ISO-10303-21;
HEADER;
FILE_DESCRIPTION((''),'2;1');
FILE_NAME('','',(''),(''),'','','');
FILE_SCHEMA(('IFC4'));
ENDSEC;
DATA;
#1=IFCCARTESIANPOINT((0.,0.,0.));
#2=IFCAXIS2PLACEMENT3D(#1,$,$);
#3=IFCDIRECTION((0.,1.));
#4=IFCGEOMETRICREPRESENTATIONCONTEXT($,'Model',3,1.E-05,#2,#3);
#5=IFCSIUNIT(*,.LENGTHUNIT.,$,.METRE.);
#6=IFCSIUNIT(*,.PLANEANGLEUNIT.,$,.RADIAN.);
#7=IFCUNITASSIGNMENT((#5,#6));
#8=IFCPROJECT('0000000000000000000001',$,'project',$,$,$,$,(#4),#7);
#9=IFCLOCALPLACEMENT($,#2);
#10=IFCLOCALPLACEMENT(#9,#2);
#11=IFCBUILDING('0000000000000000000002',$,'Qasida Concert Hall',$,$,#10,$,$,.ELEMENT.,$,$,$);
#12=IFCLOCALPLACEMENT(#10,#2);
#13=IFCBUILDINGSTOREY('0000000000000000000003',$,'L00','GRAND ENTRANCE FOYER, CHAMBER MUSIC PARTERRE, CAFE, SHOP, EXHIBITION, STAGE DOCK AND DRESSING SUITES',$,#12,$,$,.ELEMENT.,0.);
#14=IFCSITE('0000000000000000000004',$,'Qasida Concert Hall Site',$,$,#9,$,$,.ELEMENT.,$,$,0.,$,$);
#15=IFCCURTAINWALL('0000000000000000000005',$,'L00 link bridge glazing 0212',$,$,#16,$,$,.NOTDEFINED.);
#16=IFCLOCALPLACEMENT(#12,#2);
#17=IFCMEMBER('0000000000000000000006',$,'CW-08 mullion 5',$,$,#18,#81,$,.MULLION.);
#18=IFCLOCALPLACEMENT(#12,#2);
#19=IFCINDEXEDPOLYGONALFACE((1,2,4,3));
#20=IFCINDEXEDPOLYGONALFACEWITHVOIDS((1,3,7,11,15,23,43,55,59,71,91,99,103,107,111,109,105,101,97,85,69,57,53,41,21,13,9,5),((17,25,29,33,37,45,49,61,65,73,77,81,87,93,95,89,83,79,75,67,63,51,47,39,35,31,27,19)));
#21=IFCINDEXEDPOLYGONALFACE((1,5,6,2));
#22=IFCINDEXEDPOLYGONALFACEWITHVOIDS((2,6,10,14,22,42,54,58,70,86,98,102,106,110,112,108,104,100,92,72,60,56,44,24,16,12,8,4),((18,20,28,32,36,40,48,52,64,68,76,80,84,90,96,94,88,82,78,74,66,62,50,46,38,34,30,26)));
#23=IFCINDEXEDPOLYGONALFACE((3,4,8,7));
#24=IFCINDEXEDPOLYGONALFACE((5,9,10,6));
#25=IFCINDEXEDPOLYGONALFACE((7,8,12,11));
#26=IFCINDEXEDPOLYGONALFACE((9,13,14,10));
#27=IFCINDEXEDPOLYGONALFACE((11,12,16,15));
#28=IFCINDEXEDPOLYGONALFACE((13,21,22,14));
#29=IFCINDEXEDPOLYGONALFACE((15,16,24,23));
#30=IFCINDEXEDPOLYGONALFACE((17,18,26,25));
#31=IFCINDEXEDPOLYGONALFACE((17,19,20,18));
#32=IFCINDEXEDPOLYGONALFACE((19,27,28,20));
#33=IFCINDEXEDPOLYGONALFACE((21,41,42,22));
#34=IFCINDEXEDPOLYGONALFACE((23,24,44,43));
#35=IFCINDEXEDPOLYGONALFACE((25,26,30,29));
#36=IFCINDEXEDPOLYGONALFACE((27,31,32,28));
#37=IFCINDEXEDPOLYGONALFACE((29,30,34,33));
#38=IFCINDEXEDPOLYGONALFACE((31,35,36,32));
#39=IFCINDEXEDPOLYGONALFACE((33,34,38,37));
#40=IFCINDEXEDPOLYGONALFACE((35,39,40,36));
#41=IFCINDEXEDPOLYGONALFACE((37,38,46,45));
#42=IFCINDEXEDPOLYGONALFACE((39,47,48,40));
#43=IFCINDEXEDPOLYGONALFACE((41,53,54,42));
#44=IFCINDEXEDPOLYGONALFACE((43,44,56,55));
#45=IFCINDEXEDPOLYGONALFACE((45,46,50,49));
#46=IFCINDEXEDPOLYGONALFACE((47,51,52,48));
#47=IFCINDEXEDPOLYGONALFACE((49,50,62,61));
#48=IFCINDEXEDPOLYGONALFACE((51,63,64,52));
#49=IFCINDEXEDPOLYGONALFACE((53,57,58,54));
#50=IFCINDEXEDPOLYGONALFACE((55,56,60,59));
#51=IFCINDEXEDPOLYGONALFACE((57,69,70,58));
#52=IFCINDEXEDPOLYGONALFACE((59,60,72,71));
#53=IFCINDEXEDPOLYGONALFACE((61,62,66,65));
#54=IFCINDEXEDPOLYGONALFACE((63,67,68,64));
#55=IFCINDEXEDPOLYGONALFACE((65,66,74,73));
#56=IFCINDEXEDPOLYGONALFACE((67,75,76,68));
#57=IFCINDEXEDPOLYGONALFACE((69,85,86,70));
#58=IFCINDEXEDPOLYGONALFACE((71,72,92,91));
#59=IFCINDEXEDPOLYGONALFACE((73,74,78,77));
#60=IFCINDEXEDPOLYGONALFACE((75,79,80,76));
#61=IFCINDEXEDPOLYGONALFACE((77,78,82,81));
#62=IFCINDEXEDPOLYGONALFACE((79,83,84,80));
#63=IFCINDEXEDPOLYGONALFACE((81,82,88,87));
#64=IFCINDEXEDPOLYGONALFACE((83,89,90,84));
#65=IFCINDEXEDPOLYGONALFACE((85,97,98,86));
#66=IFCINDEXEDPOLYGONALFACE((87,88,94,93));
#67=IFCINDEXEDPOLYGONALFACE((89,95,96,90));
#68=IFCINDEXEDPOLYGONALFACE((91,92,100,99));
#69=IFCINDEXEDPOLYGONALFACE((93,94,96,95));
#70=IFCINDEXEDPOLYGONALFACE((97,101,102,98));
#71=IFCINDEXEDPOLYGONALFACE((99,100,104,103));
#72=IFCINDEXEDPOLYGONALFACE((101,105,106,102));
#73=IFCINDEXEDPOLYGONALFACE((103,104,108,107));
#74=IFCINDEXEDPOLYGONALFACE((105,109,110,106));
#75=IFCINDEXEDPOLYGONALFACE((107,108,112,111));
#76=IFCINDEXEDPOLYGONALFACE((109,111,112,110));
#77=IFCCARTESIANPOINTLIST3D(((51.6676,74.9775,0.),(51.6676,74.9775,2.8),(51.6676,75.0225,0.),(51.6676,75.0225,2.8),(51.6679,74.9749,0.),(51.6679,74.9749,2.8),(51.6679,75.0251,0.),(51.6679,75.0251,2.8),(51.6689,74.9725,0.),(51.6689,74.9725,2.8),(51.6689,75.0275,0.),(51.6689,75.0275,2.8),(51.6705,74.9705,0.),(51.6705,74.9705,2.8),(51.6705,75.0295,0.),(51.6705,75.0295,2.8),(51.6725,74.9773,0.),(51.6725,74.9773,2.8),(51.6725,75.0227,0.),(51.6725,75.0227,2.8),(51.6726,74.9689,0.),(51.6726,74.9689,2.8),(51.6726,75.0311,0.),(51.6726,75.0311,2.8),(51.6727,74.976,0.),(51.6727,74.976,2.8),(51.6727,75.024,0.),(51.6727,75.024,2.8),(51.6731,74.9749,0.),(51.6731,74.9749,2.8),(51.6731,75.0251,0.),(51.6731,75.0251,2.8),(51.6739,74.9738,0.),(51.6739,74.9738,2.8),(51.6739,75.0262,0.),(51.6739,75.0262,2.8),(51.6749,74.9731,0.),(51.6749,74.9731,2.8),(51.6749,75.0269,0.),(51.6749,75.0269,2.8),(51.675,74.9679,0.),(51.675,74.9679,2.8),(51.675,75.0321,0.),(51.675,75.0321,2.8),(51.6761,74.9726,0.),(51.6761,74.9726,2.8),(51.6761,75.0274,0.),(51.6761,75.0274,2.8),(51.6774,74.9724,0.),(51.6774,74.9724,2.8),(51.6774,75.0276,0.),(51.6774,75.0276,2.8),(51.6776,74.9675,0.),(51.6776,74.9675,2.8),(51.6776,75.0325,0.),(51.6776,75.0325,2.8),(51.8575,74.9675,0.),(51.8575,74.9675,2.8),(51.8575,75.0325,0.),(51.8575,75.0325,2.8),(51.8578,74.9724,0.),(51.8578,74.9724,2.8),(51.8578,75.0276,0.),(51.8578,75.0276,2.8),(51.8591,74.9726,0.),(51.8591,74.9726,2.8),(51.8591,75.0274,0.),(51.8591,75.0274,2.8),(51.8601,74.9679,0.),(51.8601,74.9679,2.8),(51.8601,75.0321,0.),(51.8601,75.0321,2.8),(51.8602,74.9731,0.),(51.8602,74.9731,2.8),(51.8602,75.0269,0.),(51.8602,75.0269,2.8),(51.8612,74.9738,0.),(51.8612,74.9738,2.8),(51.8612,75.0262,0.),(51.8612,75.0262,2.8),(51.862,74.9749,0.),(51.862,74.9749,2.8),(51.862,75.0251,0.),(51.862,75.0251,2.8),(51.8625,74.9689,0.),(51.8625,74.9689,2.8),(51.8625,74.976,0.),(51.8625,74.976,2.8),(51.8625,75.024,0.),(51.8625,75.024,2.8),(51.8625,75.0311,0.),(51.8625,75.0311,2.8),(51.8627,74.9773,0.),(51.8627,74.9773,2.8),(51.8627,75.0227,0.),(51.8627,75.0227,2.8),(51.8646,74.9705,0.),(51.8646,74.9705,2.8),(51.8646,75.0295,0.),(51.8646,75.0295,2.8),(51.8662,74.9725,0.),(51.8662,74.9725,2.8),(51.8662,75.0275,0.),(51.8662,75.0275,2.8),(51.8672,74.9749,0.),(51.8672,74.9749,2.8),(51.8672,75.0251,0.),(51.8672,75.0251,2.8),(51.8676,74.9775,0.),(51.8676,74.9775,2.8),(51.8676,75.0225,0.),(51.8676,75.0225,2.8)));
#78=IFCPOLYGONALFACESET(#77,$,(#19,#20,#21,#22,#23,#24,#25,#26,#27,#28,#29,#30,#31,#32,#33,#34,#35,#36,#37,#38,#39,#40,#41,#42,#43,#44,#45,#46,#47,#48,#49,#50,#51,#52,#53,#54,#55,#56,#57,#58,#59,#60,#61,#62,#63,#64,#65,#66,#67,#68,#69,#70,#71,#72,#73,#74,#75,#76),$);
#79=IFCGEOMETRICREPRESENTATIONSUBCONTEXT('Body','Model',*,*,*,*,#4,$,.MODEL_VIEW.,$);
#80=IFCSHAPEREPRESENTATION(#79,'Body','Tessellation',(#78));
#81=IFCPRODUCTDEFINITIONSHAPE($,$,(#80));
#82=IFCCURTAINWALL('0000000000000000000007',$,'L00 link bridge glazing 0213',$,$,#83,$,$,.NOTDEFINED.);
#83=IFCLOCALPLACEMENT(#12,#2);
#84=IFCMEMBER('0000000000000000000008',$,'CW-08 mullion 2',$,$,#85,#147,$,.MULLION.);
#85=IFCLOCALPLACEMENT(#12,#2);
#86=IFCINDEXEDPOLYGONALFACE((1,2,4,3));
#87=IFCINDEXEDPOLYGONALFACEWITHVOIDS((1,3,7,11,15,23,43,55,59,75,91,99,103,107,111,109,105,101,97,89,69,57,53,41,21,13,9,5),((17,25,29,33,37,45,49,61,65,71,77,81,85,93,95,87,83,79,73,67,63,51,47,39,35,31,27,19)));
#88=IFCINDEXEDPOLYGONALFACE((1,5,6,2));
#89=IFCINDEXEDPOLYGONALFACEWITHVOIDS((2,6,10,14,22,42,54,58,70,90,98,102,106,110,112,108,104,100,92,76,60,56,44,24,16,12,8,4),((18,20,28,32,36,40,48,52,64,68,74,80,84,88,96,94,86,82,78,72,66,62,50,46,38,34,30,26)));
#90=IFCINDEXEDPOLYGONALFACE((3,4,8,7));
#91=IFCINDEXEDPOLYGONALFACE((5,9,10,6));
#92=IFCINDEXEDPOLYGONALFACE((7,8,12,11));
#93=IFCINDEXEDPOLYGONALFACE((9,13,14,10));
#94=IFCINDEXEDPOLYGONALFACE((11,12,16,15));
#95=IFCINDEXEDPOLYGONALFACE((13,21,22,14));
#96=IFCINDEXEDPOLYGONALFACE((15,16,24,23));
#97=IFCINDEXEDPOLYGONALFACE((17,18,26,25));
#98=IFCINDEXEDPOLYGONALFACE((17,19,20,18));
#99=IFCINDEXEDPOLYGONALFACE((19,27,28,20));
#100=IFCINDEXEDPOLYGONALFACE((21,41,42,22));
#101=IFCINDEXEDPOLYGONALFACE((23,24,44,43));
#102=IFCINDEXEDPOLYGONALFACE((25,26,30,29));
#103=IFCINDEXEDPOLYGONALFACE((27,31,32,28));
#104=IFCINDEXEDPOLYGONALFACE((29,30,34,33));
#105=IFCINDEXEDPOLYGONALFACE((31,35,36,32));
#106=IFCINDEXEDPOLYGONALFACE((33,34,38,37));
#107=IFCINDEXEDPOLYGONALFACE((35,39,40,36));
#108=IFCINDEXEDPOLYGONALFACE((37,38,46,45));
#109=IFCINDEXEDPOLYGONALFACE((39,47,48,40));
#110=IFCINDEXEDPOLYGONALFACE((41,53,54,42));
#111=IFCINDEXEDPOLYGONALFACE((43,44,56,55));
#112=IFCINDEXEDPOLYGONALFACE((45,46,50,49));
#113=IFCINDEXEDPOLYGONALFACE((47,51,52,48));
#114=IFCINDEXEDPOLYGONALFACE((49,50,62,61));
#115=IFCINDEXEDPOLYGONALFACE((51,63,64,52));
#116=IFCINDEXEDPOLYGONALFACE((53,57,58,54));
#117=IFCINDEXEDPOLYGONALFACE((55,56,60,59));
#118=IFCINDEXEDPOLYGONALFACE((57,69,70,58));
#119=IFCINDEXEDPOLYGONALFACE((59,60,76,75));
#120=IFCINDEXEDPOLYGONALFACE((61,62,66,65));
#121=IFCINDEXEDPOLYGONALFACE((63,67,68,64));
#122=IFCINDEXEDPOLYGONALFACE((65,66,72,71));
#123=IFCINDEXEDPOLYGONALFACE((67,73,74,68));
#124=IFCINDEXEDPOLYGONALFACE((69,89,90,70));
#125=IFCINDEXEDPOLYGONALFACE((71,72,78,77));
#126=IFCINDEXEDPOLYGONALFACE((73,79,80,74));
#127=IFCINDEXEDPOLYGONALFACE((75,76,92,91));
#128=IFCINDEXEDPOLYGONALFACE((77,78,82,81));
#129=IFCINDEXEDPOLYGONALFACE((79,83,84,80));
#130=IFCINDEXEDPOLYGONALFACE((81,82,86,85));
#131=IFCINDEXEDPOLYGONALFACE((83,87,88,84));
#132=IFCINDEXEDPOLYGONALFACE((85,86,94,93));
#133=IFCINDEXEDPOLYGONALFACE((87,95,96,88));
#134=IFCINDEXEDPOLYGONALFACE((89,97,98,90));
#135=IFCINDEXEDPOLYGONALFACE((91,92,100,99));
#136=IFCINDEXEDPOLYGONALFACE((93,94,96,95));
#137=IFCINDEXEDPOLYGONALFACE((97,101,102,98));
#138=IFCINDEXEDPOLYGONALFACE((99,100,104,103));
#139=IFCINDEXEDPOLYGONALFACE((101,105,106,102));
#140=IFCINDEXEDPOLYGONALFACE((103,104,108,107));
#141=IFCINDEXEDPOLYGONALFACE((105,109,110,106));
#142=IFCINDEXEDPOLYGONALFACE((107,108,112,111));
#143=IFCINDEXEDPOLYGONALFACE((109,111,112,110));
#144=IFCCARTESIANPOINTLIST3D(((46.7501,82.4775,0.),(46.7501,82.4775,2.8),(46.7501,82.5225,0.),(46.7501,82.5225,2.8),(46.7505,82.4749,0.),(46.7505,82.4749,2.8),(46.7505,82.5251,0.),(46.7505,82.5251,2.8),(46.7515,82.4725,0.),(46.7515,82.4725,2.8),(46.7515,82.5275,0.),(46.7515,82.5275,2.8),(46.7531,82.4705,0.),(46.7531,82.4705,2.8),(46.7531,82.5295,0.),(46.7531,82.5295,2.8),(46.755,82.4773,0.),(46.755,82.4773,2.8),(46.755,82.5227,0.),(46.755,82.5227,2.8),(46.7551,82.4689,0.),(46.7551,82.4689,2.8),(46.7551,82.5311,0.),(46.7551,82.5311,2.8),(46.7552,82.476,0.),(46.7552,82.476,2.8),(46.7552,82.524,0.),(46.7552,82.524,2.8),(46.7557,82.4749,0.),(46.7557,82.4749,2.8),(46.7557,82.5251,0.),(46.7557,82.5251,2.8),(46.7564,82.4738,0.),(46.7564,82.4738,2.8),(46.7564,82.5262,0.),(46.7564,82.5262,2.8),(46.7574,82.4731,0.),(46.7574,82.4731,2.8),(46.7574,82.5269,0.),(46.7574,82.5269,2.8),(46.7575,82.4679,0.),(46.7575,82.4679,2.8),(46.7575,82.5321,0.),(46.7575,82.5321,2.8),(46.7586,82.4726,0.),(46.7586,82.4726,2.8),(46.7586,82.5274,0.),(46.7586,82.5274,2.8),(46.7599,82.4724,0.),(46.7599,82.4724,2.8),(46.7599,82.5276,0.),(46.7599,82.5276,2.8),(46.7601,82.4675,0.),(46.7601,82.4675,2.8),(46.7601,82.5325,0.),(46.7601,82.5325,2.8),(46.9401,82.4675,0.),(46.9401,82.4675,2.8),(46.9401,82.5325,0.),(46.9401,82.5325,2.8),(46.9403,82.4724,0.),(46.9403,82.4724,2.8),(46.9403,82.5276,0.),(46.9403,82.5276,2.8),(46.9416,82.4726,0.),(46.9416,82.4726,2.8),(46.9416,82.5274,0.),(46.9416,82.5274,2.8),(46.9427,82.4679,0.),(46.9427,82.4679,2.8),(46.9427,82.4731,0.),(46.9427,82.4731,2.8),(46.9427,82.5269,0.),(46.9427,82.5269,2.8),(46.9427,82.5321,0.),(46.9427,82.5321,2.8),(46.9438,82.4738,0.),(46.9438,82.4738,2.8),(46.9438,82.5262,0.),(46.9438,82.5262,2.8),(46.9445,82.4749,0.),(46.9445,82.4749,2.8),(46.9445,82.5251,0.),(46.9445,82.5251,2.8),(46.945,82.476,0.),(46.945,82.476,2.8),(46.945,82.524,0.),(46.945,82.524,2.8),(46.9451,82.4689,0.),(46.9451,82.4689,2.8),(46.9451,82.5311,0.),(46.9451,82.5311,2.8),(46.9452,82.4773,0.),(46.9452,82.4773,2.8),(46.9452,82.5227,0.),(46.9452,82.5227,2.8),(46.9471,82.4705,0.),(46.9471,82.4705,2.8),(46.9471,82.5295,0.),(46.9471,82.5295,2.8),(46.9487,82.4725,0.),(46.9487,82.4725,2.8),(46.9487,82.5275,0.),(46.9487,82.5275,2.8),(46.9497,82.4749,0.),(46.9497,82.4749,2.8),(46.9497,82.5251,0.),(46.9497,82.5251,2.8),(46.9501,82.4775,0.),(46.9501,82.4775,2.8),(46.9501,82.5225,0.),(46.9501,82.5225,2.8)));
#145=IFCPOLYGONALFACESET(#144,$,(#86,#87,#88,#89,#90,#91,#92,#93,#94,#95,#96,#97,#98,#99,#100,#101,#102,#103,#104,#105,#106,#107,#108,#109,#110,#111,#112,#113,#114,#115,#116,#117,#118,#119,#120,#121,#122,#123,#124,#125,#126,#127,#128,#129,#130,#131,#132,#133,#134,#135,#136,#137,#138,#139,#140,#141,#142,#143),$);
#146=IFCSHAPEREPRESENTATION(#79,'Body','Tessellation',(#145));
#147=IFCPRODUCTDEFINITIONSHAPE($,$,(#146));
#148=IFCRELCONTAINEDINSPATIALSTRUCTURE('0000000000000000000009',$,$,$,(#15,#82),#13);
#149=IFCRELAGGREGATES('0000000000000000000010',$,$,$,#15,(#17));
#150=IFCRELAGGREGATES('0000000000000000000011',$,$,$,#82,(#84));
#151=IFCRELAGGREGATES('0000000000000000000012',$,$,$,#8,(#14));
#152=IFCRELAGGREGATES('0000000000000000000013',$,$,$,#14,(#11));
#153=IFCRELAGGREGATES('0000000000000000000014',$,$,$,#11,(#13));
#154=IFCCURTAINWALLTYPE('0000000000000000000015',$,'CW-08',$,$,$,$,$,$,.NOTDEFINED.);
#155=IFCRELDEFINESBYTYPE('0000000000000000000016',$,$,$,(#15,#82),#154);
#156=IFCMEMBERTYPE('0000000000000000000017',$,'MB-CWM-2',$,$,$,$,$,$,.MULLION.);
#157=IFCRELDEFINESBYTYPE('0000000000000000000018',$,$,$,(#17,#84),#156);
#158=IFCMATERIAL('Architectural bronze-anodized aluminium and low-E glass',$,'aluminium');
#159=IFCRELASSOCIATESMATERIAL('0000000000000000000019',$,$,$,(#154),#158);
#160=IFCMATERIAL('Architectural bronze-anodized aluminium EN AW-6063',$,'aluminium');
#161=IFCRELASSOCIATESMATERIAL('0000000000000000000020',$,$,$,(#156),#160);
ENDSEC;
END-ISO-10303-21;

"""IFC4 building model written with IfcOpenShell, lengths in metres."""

from ifc_helpers import new_model, si_unit, direction, frame, origin, origin_2d, place, context, subcontext, project, spatial, hollow_rectangle, extrude, material, material_profile, profile_set, type_object, element, aggregate, save


model = new_model("IFC4")

# Units and contexts
model_context = context("Model", 3, precision=1e-05, world=origin(), true_north=direction((0.0, 1.0)))
body_context = subcontext(model_context, "Body", "Model", "MODEL_VIEW")
ifc_project = project(units=[si_unit("LENGTHUNIT", "METRE"), si_unit("PLANEANGLEUNIT", "RADIAN")], contexts=[model_context])

# Site, building, storey
site_placement = place(None, origin())
site = spatial("IfcSite", under=ifc_project, at=site_placement, Name="Qasida Concert Hall Site", CompositionType="ELEMENT", RefElevation=0.0)
building_placement = place(site_placement, origin())
building = spatial("IfcBuilding", under=site, at=building_placement, Name="Qasida Concert Hall", CompositionType="ELEMENT")
storey_placement = place(building_placement, origin())
storey = spatial("IfcBuildingStorey", under=building, at=storey_placement, Name="L00", Description="GRAND ENTRANCE FOYER, CHAMBER MUSIC PARTERRE, CAFE, SHOP, EXHIBITION, STAGE DOCK AND DRESSING SUITES", CompositionType="ELEMENT", Elevation=0.0)

# Curtain walls, members
ifc_material_1 = material(Name="Architectural bronze-anodized aluminium and low-E glass", Category="aluminium")
curtain_wall_type = type_object("IfcCurtainWallType", Name="CW-08", PredefinedType="NOTDEFINED", material=ifc_material_1)
curtain_wall_1_placement = place(storey_placement, origin())
curtain_wall_1 = element("IfcCurtainWall", 1, at=curtain_wall_1_placement, inside=storey, type_object=curtain_wall_type, Name="L00 link bridge glazing 0212", PredefinedType="NOTDEFINED")
ifc_material_2 = material(Name="Architectural bronze-anodized aluminium EN AW-6063", Category="aluminium")
ifc_material_profile_1 = material_profile(ifc_material_2, hollow_rectangle(XDim=0.0649, YDim=0.2, WallThickness=0.0049, InnerFilletRadius=0.0049, OuterFilletRadius=0.01, at=origin_2d()), Name="CWM 200x65x5")
ifc_profile_set_1 = profile_set([ifc_material_profile_1], Name="Architectural bronze-anodized aluminium EN AW-6063")
member_type_1 = type_object("IfcMemberType", Name="MB-CWM-2", PredefinedType="MULLION", material=ifc_profile_set_1)
member_1_placement = place(storey_placement, frame((51.7676, 75.0, 0.0), z_axis=(0.0, 0.0, 1.0), x_axis=(0.0, 1.0, 0.0)))
member_1 = element("IfcMember", 2, at=member_1_placement, type_object=member_type_1, Name="CW-08 mullion 5", PredefinedType="MULLION", context=body_context, shape_type="SweptSolid", body=[
    extrude(hollow_rectangle(XDim=0.0649, YDim=0.2, WallThickness=0.0049, InnerFilletRadius=0.0049, OuterFilletRadius=0.01, at=origin_2d()), origin(), (0.0, 0.0, 1.0), 2.8),
])
curtain_wall_2_placement = place(storey_placement, origin())
curtain_wall_2 = element("IfcCurtainWall", 3, at=curtain_wall_2_placement, inside=storey, type_object=curtain_wall_type, Name="L00 link bridge glazing 0213", PredefinedType="NOTDEFINED")
member_2_placement = place(storey_placement, frame((46.8501, 82.5, 0.0), z_axis=(0.0, 0.0, 1.0), x_axis=(0.0, 1.0, 0.0)))
member_2 = element("IfcMember", 4, at=member_2_placement, type_object=member_type_1, Name="CW-08 mullion 2", PredefinedType="MULLION", context=body_context, shape_type="SweptSolid", body=[
    extrude(hollow_rectangle(XDim=0.0649, YDim=0.2, WallThickness=0.0049, InnerFilletRadius=0.0049, OuterFilletRadius=0.01, at=origin_2d()), origin(), (0.0, 0.0, 1.0), 2.8),
])

aggregate(curtain_wall_1, [member_1])
aggregate(curtain_wall_2, [member_2])

save(model, "model.ifc")
